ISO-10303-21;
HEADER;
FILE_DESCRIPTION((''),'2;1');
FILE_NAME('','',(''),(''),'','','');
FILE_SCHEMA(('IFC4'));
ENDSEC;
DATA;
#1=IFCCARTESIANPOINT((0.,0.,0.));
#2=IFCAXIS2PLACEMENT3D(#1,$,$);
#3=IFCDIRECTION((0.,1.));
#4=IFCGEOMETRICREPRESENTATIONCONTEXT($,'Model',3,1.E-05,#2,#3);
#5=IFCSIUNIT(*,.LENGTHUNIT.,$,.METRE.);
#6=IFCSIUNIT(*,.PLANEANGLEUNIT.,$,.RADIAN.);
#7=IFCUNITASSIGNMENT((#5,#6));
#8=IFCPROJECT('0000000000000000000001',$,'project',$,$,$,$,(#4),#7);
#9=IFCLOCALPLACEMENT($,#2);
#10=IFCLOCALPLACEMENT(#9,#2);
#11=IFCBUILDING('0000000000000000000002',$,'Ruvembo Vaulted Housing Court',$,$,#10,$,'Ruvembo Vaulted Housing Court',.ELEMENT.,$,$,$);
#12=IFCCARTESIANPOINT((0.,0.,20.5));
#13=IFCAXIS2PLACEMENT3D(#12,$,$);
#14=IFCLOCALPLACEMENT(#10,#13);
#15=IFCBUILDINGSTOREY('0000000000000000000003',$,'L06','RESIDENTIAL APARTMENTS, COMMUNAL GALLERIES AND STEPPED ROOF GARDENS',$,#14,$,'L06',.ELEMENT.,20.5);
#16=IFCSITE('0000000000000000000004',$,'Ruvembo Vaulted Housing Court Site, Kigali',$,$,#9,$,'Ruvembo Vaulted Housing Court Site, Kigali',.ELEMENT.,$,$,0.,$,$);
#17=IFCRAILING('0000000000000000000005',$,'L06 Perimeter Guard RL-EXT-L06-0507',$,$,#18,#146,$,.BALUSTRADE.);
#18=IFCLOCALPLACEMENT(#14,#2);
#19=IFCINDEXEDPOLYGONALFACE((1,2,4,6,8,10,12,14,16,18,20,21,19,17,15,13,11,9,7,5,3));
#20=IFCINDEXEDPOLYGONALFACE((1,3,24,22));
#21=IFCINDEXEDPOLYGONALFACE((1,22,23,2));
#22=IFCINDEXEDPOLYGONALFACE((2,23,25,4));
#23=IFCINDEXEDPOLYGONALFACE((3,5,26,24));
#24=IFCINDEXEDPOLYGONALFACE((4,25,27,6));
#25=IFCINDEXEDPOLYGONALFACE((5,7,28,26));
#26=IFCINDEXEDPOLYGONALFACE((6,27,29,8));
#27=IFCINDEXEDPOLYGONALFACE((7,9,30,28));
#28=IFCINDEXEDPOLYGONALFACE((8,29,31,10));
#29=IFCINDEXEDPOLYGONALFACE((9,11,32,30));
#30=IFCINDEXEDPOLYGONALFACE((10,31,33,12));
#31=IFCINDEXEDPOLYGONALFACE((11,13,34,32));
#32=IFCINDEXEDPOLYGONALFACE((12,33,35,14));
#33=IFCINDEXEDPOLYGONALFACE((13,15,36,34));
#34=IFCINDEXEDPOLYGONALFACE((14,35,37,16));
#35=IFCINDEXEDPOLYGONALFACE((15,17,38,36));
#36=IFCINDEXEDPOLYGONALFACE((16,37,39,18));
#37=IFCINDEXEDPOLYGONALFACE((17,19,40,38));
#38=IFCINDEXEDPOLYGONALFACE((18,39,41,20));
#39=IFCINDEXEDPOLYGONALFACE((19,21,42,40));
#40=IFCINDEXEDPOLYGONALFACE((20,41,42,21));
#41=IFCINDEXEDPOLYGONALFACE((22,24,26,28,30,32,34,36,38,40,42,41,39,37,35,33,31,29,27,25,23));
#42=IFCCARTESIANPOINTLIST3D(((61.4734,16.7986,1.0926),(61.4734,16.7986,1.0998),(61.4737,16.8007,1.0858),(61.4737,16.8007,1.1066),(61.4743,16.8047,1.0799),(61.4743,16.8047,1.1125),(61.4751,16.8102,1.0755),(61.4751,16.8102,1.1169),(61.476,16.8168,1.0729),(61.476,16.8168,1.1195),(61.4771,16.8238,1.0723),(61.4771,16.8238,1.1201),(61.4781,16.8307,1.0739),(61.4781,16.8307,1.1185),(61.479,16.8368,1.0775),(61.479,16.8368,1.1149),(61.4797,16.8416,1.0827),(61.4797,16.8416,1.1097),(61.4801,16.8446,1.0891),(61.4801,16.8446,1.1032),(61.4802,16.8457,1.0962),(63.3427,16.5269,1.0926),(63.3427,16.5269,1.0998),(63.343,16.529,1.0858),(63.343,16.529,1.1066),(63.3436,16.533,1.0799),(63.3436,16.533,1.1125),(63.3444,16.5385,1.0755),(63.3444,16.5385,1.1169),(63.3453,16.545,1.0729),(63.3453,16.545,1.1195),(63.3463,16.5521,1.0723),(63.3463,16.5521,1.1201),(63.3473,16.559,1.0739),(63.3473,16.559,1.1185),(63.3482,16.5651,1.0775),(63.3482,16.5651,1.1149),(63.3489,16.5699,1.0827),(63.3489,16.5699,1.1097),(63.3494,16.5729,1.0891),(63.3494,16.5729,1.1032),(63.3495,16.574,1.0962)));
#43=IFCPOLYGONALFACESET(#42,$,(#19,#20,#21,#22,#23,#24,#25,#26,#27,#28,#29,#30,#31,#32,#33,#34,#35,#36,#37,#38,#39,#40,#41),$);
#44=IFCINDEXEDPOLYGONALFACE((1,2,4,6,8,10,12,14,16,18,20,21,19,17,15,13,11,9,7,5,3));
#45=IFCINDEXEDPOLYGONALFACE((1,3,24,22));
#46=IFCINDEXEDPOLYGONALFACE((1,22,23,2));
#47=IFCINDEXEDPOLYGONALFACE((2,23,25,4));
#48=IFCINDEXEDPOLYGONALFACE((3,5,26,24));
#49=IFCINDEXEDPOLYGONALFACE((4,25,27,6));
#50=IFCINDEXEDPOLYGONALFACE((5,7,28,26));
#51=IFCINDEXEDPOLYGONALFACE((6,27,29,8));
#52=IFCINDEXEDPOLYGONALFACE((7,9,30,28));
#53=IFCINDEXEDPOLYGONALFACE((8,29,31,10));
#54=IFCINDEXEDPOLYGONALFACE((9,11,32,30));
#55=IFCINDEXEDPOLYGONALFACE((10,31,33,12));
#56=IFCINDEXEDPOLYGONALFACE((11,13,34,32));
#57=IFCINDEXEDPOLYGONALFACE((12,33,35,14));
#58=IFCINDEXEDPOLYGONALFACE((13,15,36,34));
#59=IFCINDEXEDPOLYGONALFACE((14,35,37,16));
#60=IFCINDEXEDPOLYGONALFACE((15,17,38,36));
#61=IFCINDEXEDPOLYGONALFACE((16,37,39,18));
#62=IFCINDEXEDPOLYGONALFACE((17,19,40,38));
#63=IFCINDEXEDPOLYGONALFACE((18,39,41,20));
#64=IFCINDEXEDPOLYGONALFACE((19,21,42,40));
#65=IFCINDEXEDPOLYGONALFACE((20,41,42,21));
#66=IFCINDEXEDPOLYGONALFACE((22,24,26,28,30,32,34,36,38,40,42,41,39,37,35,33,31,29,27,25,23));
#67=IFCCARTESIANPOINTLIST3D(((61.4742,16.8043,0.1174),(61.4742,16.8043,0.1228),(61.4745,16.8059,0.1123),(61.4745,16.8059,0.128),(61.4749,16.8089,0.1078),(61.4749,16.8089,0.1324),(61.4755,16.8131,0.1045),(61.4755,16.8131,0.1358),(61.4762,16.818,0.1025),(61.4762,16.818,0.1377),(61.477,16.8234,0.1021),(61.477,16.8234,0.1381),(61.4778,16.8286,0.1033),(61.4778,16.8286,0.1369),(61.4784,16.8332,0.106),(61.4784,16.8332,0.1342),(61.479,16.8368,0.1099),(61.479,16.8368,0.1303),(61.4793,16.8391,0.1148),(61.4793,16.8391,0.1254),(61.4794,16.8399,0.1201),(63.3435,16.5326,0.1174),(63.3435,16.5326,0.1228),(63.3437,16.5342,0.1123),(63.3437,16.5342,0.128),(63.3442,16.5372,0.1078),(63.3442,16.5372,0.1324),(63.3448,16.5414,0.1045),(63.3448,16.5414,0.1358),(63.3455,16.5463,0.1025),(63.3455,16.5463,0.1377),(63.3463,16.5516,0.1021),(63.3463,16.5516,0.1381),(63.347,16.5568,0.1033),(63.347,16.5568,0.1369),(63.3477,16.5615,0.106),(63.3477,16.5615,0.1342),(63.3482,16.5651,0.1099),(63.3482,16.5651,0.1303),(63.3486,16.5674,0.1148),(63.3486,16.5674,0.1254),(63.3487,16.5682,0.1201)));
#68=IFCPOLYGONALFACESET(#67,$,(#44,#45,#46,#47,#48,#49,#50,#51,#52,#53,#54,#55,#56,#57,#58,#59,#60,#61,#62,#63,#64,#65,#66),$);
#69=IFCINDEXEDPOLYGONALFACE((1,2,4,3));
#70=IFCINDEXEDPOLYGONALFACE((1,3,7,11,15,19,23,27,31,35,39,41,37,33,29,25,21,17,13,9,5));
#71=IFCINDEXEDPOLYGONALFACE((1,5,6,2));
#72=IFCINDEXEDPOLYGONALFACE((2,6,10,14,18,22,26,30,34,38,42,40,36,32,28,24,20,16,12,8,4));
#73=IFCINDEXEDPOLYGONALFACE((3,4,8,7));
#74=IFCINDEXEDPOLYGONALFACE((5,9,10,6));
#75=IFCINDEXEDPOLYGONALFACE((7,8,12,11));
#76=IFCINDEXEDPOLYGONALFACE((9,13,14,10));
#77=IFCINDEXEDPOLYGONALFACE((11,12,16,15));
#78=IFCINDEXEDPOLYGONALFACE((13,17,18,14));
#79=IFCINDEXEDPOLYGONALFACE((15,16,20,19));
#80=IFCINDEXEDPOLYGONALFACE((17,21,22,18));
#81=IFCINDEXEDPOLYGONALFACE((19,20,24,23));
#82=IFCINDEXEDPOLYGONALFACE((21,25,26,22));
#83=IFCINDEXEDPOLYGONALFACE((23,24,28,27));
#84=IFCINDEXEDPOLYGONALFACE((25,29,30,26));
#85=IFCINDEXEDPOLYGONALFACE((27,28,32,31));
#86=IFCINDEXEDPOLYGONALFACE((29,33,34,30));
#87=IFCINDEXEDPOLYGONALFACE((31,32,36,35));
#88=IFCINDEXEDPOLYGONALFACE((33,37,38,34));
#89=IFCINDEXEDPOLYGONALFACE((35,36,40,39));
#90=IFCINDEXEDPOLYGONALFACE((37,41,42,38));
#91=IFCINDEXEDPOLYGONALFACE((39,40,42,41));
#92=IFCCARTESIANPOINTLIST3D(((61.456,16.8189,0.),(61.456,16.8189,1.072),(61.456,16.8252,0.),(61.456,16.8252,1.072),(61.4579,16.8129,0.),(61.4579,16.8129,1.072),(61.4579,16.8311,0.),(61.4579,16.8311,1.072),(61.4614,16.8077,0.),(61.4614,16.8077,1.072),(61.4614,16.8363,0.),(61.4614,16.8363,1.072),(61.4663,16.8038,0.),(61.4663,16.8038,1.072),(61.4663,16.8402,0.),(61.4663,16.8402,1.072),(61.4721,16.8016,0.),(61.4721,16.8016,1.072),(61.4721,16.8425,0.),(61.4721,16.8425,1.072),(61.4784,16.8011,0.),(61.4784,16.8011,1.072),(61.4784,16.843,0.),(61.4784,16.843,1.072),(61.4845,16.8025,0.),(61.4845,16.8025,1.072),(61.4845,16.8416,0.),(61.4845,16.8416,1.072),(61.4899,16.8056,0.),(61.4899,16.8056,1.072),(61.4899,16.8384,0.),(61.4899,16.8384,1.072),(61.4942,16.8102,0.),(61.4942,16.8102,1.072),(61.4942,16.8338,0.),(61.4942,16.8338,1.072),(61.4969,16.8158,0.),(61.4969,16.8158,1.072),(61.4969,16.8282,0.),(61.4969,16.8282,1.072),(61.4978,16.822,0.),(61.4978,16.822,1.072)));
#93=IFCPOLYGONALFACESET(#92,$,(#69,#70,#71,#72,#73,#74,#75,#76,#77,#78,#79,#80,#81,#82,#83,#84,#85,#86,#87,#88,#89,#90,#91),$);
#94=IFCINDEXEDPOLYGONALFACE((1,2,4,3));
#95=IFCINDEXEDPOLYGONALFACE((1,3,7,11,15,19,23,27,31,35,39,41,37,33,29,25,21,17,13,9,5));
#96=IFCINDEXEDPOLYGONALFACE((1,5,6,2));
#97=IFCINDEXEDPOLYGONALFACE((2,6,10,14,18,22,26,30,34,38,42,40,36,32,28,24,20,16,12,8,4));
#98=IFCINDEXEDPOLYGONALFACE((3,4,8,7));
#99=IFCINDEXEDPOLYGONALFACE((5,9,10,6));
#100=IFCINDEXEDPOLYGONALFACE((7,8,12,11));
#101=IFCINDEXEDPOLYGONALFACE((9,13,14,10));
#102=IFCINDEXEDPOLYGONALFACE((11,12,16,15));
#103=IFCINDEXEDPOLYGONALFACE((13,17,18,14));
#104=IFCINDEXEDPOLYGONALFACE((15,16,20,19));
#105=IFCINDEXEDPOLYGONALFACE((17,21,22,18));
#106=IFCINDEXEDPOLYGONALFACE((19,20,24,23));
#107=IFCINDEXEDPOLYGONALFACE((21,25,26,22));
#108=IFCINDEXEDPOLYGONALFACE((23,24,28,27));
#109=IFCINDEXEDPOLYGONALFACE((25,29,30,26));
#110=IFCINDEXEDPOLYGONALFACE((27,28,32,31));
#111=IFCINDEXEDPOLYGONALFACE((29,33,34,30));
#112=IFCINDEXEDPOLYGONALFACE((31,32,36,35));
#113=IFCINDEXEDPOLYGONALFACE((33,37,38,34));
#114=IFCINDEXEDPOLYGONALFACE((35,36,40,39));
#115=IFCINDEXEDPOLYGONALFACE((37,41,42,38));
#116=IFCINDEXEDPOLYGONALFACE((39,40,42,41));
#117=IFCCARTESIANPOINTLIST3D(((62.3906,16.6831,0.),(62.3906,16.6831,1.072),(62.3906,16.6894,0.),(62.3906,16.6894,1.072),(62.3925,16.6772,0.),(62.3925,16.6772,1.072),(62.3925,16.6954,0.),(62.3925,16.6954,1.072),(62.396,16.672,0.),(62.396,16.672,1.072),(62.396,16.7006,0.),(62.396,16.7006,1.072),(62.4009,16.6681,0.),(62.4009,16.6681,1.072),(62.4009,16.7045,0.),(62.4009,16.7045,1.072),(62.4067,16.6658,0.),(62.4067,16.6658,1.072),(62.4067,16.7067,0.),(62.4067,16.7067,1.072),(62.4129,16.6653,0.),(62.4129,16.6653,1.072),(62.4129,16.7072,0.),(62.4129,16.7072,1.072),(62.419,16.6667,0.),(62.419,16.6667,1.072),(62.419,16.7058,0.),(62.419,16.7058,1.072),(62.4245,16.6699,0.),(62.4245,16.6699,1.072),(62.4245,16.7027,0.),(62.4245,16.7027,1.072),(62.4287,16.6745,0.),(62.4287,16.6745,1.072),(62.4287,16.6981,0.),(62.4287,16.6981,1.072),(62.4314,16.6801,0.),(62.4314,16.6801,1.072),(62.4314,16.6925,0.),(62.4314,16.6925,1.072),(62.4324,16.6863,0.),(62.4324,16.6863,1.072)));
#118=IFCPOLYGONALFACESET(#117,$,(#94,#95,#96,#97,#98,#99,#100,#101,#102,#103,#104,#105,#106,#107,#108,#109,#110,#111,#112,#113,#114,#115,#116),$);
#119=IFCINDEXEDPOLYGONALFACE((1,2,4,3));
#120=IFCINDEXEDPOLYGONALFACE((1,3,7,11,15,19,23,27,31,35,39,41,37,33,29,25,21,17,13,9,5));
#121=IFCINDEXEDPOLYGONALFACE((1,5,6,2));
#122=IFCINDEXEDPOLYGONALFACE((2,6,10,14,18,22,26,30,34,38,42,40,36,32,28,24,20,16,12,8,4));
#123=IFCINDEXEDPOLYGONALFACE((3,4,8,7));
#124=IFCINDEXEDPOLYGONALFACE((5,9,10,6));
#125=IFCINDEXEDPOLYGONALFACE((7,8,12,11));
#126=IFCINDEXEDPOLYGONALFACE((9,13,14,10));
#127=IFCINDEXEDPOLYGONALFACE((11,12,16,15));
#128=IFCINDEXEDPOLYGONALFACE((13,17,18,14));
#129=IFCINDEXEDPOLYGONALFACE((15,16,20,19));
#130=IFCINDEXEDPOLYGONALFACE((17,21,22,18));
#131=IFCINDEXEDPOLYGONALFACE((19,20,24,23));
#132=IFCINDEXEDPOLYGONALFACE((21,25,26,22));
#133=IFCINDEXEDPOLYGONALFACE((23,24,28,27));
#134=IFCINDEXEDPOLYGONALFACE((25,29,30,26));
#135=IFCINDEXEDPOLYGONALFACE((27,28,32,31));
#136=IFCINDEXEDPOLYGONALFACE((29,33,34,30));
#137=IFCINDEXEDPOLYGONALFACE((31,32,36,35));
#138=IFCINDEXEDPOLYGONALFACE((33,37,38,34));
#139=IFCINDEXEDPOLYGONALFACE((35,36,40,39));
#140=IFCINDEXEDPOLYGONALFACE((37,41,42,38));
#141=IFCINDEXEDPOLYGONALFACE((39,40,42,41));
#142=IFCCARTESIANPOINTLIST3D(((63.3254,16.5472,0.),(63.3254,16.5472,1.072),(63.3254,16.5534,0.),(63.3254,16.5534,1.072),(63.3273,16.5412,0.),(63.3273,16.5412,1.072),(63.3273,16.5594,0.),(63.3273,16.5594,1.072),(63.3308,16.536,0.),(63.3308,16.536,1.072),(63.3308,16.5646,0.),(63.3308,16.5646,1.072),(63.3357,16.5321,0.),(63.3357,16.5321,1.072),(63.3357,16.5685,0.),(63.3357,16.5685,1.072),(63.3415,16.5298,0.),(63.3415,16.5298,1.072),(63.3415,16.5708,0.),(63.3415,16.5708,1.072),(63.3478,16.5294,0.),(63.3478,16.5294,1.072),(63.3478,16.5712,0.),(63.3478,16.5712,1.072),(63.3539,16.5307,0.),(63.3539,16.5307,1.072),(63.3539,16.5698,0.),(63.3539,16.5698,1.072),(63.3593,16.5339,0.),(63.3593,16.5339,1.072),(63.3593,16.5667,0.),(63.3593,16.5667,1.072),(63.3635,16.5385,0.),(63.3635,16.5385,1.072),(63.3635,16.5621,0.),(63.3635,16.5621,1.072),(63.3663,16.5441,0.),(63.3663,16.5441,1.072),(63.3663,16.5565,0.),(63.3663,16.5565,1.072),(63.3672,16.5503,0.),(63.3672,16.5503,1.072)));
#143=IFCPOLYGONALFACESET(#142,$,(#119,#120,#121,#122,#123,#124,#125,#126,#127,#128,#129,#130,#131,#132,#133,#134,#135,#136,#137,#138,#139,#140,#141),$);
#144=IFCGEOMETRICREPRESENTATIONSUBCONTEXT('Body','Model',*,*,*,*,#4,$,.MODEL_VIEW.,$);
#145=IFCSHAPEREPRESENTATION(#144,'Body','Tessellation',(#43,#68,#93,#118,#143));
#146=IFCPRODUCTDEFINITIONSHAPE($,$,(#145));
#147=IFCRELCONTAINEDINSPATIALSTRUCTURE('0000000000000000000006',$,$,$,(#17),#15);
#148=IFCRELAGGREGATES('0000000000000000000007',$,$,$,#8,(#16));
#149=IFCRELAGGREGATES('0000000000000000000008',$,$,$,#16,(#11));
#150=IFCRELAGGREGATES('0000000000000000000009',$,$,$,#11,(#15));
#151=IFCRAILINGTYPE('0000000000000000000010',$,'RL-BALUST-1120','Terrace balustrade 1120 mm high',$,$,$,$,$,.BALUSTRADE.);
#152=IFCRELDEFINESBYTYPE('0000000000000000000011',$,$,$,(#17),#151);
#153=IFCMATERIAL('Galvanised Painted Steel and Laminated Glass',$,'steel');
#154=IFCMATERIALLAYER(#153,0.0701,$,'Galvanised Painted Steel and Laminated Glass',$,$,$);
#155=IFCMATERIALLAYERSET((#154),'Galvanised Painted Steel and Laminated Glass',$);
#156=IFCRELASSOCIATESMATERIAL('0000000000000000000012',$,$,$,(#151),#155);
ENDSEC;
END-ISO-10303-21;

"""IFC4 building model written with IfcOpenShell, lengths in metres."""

from ifc_helpers import new_model, si_unit, direction, frame, origin, origin_2d, place, context, subcontext, project, spatial, circle, extrude, material, layer, layer_set, type_object, element, save


model = new_model("IFC4")

# Units and contexts
model_context = context("Model", 3, precision=1e-05, world=origin(), true_north=direction((0.0, 1.0)))
body_context = subcontext(model_context, "Body", "Model", "MODEL_VIEW")
ifc_project = project(units=[si_unit("LENGTHUNIT", "METRE"), si_unit("PLANEANGLEUNIT", "RADIAN")], contexts=[model_context])

# Site, building, storey
site_placement = place(None, origin())
site = spatial("IfcSite", under=ifc_project, at=site_placement, Name="Ruvembo Vaulted Housing Court Site, Kigali", LongName="Ruvembo Vaulted Housing Court Site, Kigali", CompositionType="ELEMENT", RefElevation=0.0)
building_placement = place(site_placement, origin())
building = spatial("IfcBuilding", under=site, at=building_placement, Name="Ruvembo Vaulted Housing Court", LongName="Ruvembo Vaulted Housing Court", CompositionType="ELEMENT")
storey_placement = place(building_placement, frame((0.0, 0.0, 20.5)))
storey = spatial("IfcBuildingStorey", under=building, at=storey_placement, Name="L06", Description="RESIDENTIAL APARTMENTS, COMMUNAL GALLERIES AND STEPPED ROOF GARDENS", LongName="L06", CompositionType="ELEMENT", Elevation=20.5)

# Railing
ifc_material_1 = material(Name="Galvanised Painted Steel and Laminated Glass", Category="steel")
ifc_layer = layer(ifc_material_1, 0.0701, Name="Galvanised Painted Steel and Laminated Glass")
ifc_layer_set = layer_set([ifc_layer], Name="Galvanised Painted Steel and Laminated Glass")
railing_type = type_object("IfcRailingType", Name="RL-BALUST-1120", Description="Terrace balustrade 1120 mm high", PredefinedType="BALUSTRADE", material=ifc_layer_set)
railing_1_placement = place(storey_placement, frame((61.4768, 16.822, 0.0)))
element("IfcRailing", 1, at=railing_1_placement, inside=storey, type_object=railing_type, Name="L06 Perimeter Guard RL-EXT-L06-0507", PredefinedType="BALUSTRADE", context=body_context, shape_type="SweptSolid", body=[
    extrude(circle(Radius=0.0239, at=origin_2d()), frame((0.0, 0.0, 1.0962), z_axis=(0.9896, -0.143845, 0.0), x_axis=(0.143845, 0.9896, 0.0)), (0.0, 0.0, 1.0), 1.8889),
    extrude(circle(Radius=0.0181, at=origin_2d()), frame((0.0, 0.0, 0.1201), z_axis=(0.9896, -0.143845, 0.0), x_axis=(0.143845, 0.9896, 0.0)), (0.0, 0.0, 1.0), 1.8889),
    extrude(circle(Radius=0.021, at=origin_2d()), origin(), (0.0, 0.0, 1.0), 1.072),
    extrude(circle(Radius=0.021, at=origin_2d()), frame((0.9346, -0.1357, 0.0)), (0.0, 0.0, 1.0), 1.072),
    extrude(circle(Radius=0.021, at=origin_2d()), frame((1.8694, -0.2717, 0.0)), (0.0, 0.0, 1.0), 1.072),
])

save(model, "model.ifc")
